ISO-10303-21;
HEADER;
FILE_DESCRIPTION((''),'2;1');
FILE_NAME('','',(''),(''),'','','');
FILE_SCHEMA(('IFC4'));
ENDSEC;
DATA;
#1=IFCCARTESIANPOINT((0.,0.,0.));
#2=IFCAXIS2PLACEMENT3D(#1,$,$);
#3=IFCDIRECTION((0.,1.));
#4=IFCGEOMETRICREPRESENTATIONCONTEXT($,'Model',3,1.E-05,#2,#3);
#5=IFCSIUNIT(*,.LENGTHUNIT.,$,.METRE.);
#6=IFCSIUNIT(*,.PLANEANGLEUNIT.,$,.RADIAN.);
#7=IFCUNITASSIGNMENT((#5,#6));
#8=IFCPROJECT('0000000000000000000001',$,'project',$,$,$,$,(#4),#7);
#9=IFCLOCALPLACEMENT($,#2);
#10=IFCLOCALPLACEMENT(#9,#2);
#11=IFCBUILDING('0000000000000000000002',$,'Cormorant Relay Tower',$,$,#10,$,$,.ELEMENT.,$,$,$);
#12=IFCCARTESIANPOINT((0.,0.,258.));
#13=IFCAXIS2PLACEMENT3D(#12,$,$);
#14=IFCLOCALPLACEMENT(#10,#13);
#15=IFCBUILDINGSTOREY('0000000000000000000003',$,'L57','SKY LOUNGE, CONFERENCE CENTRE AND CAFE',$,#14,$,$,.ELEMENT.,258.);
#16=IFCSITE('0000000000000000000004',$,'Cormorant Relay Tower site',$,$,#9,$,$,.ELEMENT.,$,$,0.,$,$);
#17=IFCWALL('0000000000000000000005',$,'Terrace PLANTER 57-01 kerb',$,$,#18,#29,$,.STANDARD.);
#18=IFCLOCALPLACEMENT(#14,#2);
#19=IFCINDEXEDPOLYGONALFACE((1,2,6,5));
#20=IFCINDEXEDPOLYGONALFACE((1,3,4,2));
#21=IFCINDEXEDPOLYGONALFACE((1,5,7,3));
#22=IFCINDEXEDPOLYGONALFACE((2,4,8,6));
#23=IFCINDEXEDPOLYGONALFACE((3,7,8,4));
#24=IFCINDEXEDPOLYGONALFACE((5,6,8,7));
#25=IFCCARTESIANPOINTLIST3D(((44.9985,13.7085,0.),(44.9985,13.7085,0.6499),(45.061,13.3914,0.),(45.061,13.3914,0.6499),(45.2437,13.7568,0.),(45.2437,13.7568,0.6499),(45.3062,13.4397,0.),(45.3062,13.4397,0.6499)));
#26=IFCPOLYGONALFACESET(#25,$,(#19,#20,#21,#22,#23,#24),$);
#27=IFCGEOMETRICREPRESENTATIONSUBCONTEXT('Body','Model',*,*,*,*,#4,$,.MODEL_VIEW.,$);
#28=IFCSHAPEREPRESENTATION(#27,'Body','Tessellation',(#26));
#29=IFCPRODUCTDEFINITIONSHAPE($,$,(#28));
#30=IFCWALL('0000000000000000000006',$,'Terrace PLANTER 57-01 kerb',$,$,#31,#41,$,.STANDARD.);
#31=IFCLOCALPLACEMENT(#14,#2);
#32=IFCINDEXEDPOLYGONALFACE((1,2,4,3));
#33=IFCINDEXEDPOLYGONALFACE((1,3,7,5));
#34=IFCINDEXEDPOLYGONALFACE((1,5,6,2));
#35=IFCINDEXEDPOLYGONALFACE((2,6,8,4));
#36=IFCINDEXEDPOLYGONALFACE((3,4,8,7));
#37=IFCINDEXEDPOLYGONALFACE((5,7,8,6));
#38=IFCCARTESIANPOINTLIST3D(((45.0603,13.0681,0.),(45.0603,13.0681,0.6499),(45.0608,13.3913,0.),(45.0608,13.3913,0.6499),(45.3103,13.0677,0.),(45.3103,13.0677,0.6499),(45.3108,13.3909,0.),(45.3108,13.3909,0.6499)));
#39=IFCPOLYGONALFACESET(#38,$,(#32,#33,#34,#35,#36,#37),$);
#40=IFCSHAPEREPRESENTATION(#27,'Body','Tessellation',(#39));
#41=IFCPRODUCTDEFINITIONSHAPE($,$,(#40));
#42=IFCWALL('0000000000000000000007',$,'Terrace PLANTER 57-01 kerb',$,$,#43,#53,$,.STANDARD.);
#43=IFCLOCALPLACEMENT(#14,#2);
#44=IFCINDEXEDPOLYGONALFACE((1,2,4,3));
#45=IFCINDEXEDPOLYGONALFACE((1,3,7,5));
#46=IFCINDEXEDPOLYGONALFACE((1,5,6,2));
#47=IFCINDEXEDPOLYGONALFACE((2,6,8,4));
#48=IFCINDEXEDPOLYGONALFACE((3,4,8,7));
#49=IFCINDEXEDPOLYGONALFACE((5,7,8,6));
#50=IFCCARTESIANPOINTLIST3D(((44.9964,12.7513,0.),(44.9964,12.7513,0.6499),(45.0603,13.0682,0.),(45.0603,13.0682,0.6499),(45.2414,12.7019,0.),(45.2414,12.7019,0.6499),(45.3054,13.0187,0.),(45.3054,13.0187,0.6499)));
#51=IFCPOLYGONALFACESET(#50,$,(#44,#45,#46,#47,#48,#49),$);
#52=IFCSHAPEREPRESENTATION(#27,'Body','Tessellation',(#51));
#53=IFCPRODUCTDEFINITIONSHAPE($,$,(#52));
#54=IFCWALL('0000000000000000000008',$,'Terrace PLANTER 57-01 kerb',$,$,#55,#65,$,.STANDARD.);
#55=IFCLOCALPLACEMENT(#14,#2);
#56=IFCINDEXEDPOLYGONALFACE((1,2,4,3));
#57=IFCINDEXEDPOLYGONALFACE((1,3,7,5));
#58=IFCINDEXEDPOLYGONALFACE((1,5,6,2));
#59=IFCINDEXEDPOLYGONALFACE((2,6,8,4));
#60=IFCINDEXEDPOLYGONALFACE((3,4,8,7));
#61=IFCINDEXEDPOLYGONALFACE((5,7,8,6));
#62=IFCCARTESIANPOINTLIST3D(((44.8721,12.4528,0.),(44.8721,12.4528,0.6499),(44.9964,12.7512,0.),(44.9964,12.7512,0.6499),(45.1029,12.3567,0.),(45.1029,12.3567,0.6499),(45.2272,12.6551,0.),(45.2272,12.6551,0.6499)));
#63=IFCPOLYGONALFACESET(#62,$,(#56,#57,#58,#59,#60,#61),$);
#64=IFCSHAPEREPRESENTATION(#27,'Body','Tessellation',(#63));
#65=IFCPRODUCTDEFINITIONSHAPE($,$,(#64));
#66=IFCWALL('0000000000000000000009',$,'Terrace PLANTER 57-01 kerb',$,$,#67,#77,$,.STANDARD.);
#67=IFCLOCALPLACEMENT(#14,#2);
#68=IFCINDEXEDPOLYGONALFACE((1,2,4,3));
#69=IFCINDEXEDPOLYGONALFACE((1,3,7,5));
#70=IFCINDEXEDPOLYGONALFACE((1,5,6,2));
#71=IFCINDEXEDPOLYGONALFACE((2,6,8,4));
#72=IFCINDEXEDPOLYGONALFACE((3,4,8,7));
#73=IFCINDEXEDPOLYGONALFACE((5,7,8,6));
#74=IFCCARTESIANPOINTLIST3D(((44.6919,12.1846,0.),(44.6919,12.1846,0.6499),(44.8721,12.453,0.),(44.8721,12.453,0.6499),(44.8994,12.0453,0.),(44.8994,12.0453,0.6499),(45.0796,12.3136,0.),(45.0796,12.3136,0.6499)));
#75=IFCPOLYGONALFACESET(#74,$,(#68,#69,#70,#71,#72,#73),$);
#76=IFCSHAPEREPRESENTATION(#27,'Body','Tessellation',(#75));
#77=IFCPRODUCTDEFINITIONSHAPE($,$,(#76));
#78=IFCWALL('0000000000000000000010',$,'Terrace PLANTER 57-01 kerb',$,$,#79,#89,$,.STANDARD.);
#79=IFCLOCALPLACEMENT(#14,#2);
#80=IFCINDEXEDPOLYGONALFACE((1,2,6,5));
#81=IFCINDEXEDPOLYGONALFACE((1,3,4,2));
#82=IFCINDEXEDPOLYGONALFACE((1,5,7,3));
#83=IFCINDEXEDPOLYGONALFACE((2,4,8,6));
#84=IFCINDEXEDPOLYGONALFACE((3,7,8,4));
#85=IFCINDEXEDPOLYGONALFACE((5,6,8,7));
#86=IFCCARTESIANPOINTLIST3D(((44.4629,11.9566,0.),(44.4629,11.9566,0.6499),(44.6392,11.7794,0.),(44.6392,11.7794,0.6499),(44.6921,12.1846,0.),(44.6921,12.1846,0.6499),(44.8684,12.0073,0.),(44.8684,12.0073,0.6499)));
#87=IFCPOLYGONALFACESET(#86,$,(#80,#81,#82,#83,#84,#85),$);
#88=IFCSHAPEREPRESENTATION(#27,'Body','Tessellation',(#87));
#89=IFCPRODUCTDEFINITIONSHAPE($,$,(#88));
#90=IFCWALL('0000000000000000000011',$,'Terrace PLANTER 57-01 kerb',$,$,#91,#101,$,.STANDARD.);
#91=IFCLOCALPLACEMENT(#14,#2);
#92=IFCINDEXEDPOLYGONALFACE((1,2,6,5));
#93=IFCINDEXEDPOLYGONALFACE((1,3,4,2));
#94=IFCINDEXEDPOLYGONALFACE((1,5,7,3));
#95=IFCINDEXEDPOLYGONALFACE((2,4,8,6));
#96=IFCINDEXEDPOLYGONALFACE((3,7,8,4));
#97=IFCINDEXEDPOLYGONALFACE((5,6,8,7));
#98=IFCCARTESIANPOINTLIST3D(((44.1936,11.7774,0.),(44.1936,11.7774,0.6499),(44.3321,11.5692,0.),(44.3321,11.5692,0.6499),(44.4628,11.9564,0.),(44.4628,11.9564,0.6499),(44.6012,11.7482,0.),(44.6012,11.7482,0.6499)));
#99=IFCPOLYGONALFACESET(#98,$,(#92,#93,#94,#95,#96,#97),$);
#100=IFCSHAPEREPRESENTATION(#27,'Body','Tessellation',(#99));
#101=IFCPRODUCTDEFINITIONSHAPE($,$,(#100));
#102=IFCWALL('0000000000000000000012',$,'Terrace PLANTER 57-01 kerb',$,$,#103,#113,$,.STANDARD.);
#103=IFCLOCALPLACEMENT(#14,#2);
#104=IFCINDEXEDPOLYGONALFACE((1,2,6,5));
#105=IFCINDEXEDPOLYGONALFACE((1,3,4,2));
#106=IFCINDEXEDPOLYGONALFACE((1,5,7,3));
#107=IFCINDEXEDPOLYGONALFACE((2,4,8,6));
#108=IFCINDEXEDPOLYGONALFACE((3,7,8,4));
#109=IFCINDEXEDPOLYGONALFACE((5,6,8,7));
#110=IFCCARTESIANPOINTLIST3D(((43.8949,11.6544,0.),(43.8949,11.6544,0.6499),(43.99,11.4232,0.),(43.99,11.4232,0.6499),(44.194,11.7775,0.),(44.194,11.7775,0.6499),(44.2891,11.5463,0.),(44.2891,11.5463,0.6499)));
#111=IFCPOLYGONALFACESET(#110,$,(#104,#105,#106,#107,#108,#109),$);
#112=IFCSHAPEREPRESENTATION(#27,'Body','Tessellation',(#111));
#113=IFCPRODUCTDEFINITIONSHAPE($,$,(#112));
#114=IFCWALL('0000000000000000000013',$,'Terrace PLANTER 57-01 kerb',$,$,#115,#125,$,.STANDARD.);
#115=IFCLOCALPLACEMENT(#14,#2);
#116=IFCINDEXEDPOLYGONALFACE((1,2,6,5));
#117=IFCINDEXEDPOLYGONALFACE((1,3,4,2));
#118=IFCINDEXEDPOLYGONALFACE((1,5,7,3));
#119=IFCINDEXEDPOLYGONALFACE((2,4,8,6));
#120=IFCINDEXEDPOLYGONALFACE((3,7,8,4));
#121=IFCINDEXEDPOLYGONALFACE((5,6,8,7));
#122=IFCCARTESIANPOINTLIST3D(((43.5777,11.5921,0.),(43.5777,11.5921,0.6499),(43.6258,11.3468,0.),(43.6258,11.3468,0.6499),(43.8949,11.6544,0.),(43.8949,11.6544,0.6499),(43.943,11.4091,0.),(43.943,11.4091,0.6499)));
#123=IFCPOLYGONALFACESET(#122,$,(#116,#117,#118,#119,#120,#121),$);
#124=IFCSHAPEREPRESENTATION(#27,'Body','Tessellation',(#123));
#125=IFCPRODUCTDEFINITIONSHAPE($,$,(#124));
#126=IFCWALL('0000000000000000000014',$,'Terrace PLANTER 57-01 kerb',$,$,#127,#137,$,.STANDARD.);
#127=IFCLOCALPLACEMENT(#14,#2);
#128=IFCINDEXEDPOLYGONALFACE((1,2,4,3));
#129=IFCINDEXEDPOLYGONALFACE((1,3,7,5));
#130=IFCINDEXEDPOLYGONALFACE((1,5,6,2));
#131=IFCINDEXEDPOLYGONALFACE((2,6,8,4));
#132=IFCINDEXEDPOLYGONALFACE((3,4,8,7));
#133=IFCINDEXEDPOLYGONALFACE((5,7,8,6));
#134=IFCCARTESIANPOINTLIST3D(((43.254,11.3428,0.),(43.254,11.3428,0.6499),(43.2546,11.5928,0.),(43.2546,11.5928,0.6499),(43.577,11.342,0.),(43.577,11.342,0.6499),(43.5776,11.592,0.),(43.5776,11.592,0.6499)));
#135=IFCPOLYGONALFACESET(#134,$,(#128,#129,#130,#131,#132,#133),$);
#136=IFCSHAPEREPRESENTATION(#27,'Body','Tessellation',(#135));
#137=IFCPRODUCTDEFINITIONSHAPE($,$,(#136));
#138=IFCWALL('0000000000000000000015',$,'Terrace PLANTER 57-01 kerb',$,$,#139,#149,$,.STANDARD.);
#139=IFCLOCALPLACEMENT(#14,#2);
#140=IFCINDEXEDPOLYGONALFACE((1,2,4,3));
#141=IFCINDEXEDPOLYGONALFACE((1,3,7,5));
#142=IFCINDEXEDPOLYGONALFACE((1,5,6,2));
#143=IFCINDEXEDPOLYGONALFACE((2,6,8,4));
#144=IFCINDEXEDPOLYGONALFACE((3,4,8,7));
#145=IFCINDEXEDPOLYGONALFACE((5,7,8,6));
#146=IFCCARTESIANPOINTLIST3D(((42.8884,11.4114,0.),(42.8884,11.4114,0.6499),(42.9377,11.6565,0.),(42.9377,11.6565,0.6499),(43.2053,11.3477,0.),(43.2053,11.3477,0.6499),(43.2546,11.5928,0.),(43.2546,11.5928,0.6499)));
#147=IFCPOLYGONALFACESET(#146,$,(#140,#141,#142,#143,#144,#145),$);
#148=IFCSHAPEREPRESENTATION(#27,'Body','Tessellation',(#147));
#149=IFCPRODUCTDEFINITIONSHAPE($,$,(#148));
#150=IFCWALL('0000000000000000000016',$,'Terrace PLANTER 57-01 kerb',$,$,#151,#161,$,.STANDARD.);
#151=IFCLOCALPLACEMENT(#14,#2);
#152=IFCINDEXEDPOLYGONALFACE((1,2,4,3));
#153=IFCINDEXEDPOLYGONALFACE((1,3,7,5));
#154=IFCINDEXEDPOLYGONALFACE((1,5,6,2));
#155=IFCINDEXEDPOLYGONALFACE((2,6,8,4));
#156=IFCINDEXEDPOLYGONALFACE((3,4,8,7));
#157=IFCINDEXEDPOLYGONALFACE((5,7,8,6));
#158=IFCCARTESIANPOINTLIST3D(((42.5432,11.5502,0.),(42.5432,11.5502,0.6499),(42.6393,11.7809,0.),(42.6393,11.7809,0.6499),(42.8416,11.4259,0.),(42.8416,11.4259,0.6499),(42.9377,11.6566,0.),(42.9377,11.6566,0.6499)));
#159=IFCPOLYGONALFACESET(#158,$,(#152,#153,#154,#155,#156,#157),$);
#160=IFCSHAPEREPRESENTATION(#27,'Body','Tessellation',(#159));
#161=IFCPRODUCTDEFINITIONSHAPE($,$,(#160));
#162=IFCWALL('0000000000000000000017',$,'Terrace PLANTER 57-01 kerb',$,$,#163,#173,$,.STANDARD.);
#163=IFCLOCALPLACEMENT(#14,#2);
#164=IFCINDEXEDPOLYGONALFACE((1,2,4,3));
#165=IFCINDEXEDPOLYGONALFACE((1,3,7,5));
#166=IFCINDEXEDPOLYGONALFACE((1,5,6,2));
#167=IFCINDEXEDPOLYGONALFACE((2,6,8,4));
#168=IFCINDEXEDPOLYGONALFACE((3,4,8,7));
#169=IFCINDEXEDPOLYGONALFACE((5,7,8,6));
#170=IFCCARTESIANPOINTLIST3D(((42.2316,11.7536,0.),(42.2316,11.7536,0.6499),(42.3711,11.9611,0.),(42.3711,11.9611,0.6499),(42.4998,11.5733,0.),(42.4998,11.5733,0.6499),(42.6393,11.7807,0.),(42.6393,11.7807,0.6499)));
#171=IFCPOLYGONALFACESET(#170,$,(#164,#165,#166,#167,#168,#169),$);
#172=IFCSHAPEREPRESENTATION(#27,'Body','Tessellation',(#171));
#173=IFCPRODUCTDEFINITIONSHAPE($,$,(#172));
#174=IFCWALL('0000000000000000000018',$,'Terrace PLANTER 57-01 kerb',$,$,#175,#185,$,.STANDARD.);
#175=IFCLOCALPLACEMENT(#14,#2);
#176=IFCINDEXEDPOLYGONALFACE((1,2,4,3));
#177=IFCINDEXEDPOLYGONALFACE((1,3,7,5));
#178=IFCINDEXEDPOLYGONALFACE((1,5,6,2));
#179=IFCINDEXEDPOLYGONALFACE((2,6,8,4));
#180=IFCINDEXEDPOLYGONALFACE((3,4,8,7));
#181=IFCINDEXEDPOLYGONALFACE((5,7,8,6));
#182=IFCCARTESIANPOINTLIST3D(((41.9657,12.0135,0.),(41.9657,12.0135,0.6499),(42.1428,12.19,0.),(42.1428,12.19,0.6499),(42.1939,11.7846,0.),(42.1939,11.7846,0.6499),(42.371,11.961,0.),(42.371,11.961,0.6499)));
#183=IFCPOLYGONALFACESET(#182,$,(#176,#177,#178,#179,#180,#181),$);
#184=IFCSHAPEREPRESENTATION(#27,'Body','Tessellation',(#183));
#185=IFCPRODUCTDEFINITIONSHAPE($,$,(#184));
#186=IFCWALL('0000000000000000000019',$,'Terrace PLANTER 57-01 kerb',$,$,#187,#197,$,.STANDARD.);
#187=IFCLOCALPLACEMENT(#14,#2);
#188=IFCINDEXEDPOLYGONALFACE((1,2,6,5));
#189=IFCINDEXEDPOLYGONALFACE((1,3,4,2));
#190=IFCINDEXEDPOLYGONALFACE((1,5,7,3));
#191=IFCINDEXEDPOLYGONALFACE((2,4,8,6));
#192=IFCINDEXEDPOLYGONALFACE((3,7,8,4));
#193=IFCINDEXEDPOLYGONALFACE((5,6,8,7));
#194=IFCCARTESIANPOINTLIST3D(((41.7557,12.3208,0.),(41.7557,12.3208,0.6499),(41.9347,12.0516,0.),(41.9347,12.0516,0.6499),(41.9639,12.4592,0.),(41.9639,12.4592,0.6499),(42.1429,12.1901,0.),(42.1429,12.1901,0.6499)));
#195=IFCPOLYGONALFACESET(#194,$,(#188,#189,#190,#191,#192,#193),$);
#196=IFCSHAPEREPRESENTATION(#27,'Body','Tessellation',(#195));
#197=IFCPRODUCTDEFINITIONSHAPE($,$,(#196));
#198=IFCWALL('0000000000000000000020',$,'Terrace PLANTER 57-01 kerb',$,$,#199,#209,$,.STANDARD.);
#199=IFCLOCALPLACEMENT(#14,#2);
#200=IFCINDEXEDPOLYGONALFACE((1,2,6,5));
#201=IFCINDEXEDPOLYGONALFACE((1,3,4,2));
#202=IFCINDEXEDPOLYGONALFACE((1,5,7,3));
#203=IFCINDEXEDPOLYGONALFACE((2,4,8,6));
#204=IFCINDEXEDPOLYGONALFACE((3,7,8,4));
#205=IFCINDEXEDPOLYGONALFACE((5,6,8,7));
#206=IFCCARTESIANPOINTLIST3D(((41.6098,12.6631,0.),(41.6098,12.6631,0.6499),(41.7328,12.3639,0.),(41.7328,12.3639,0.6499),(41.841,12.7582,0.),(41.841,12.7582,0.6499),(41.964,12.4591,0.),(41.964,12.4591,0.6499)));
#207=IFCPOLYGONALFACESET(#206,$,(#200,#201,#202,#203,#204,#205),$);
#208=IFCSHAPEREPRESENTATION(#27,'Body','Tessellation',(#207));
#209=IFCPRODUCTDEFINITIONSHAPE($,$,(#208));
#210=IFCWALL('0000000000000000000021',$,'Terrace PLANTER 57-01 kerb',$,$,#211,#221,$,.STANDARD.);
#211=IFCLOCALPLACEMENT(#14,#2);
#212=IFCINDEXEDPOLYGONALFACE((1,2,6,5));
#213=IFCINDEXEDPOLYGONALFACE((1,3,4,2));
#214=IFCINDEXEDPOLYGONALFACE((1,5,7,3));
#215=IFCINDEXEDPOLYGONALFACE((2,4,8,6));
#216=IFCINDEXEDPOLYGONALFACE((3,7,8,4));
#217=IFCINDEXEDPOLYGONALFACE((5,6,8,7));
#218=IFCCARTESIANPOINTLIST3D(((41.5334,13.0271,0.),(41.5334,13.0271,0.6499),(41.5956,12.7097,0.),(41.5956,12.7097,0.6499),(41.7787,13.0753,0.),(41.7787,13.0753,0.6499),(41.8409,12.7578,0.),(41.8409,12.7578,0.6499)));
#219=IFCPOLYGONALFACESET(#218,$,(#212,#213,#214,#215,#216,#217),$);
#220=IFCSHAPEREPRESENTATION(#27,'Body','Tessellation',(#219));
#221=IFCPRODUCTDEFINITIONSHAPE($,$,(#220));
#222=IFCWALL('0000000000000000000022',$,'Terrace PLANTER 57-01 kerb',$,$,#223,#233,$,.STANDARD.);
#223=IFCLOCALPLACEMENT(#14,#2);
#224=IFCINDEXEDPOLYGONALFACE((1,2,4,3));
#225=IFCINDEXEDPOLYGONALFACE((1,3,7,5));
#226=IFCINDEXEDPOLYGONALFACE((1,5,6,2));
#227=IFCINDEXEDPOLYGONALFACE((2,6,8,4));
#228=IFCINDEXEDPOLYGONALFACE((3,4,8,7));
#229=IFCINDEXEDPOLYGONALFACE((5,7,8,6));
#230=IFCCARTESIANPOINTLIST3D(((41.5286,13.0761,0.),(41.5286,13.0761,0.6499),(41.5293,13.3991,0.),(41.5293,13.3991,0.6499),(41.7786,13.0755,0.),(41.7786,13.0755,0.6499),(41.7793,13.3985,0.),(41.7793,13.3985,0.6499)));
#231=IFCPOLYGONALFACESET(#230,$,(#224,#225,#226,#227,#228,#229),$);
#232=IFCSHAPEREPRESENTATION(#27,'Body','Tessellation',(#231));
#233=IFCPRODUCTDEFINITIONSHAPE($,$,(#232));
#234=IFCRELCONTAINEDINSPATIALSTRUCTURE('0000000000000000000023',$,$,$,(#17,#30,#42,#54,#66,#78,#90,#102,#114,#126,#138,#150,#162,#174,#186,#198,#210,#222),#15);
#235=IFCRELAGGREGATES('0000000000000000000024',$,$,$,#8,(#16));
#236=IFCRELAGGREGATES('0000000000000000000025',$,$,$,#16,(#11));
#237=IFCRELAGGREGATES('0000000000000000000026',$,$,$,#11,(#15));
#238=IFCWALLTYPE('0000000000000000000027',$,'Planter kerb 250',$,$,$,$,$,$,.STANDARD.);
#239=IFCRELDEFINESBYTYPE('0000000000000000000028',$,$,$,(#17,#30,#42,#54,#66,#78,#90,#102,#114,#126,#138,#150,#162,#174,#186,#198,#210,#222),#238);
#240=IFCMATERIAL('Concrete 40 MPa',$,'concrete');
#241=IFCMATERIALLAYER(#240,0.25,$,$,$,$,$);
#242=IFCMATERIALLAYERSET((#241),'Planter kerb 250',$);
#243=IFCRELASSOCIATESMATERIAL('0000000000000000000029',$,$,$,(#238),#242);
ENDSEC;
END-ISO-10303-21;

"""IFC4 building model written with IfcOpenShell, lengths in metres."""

from ifc_helpers import new_model, si_unit, direction, frame, frame_2d, origin, place, context, subcontext, project, spatial, rectangle, extrude, material, layer, layer_set, type_object, element, save


model = new_model("IFC4")

# Units and contexts
model_context = context("Model", 3, precision=1e-05, world=origin(), true_north=direction((0.0, 1.0)))
body_context = subcontext(model_context, "Body", "Model", "MODEL_VIEW")
ifc_project = project(units=[si_unit("LENGTHUNIT", "METRE"), si_unit("PLANEANGLEUNIT", "RADIAN")], contexts=[model_context])

# Site, building, storey
site_placement = place(None, origin())
site = spatial("IfcSite", under=ifc_project, at=site_placement, Name="Cormorant Relay Tower site", CompositionType="ELEMENT", RefElevation=0.0)
building_placement = place(site_placement, origin())
building = spatial("IfcBuilding", under=site, at=building_placement, Name="Cormorant Relay Tower", CompositionType="ELEMENT")
storey_placement = place(building_placement, frame((0.0, 0.0, 258.0)))
storey = spatial("IfcBuildingStorey", under=building, at=storey_placement, Name="L57", Description="SKY LOUNGE, CONFERENCE CENTRE AND CAFE", CompositionType="ELEMENT", Elevation=258.0)

# Walls
ifc_material_1 = material(Name="Concrete 40 MPa", Category="concrete")
ifc_layer_1 = layer(ifc_material_1, 0.25)
ifc_layer_set_1 = layer_set([ifc_layer_1], Name="Planter kerb 250")
wall_type_1 = type_object("IfcWallType", Name="Planter kerb 250", PredefinedType="STANDARD", material=ifc_layer_set_1)
for number, where, z_axis, x_axis, name in (
    (1, (45.1211, 13.7327, 0.0), (0.0, 0.0, 1.0), (0.193356, -0.981129, 0.0), "Terrace PLANTER 57-01 kerb"),
    (2, (45.1858, 13.3911, 0.0), (0.0, 0.0, 1.0), (-0.001511, -0.999999, 0.0), "Terrace PLANTER 57-01 kerb"),
    (3, (45.1829, 13.0435, 0.0), (0.0, 0.0, 1.0), (-0.197859, -0.980231, 0.0), "Terrace PLANTER 57-01 kerb"),
    (4, (45.1118, 12.7031, 0.0), (0.0, 0.0, 1.0), (-0.384508, -0.923122, 0.0), "Terrace PLANTER 57-01 kerb"),
    (5, (44.9758, 12.3833, 0.0), (0.0, 0.0, 1.0), (-0.557486, -0.830186, 0.0), "Terrace PLANTER 57-01 kerb"),
    (6, (44.7803, 12.0959, 0.0), (0.0, 0.0, 1.0), (-0.708992, -0.705217, 0.0), "Terrace PLANTER 57-01 kerb"),
    (7, (44.532, 11.8523, 0.0), (0.0, 0.0, 1.0), (-0.832631, -0.553828, 0.0), "Terrace PLANTER 57-01 kerb"),
):
    element("IfcWall", number, at=place(storey_placement, frame(where, z_axis=z_axis, x_axis=x_axis)), inside=storey, type_object=wall_type_1, Name=name, PredefinedType="STANDARD", context=body_context, shape_type="SweptSolid", body=[
        extrude(rectangle(XDim=0.3232, YDim=0.25, at=frame_2d((0.1616, 0.0))), origin(), (0.0, 0.0, 1.0), 0.6499),
    ])
wall_1_placement = place(storey_placement, frame((44.2415, 11.6619, 0.0), z_axis=(0.0, 0.0, 1.0), x_axis=(-0.924788, -0.380484, 0.0)))
element("IfcWall", 8, at=wall_1_placement, inside=storey, type_object=wall_type_1, Name="Terrace PLANTER 57-01 kerb", PredefinedType="STANDARD", context=body_context, shape_type="SweptSolid", body=[
    extrude(rectangle(XDim=0.3235, YDim=0.25, at=frame_2d((0.1616, 0.0))), origin(), (0.0, 0.0, 1.0), 0.6499),
])
wall_2_placement = place(storey_placement, frame((43.9189, 11.5317, 0.0), z_axis=(0.0, 0.0, 1.0), x_axis=(-0.981272, -0.192628, 0.0)))
element("IfcWall", 9, at=wall_2_placement, inside=storey, type_object=wall_type_1, Name="Terrace PLANTER 57-01 kerb", PredefinedType="STANDARD", context=body_context, shape_type="SweptSolid", body=[
    extrude(rectangle(XDim=0.3232, YDim=0.25, at=frame_2d((0.1616, 0.0))), origin(), (0.0, 0.0, 1.0), 0.6499),
])
wall_3_placement = place(storey_placement, frame((43.5774, 11.467, 0.0), z_axis=(0.0, 0.0, 1.0), x_axis=(-0.999997, 0.002268, 0.0)))
element("IfcWall", 10, at=wall_3_placement, inside=storey, type_object=wall_type_1, Name="Terrace PLANTER 57-01 kerb", PredefinedType="STANDARD", context=body_context, shape_type="SweptSolid", body=[
    extrude(rectangle(XDim=0.323, YDim=0.25, at=frame_2d((0.1616, 0.0))), origin(), (0.0, 0.0, 1.0), 0.6499),
])
for number, where, z_axis, x_axis, name in (
    (11, (43.23, 11.4702, 0.0), (0.0, 0.0, 1.0), (-0.980377, 0.197133, 0.0), "Terrace PLANTER 57-01 kerb"),
    (12, (42.8896, 11.5413, 0.0), (0.0, 0.0, 1.0), (-0.923122, 0.384508, 0.0), "Terrace PLANTER 57-01 kerb"),
    (13, (42.5696, 11.677, 0.0), (0.0, 0.0, 1.0), (-0.829837, 0.558007, 0.0), "Terrace PLANTER 57-01 kerb"),
    (14, (42.2825, 11.8728, 0.0), (0.0, 0.0, 1.0), (-0.705973, 0.708238, 0.0), "Terrace PLANTER 57-01 kerb"),
    (15, (42.0388, 12.1208, 0.0), (0.0, 0.0, 1.0), (-0.553828, 0.832631, 0.0), "Terrace PLANTER 57-01 kerb"),
):
    element("IfcWall", number, at=place(storey_placement, frame(where, z_axis=z_axis, x_axis=x_axis)), inside=storey, type_object=wall_type_1, Name=name, PredefinedType="STANDARD", context=body_context, shape_type="SweptSolid", body=[
        extrude(rectangle(XDim=0.3232, YDim=0.25, at=frame_2d((0.1616, 0.0))), origin(), (0.0, 0.0, 1.0), 0.6499),
    ])
for number, where, z_axis, x_axis, name in (
    (16, (41.8484, 12.4116, 0.0), (0.0, 0.0, 1.0), (-0.380484, 0.924788, 0.0), "Terrace PLANTER 57-01 kerb"),
    (17, (41.7183, 12.7339, 0.0), (0.0, 0.0, 1.0), (-0.192486, 0.9813, 0.0), "Terrace PLANTER 57-01 kerb"),
):
    element("IfcWall", number, at=place(storey_placement, frame(where, z_axis=z_axis, x_axis=x_axis)), inside=storey, type_object=wall_type_1, Name=name, PredefinedType="STANDARD", context=body_context, shape_type="SweptSolid", body=[
        extrude(rectangle(XDim=0.3235, YDim=0.25, at=frame_2d((0.1616, 0.0))), origin(), (0.0, 0.0, 1.0), 0.6499),
    ])
wall_4_placement = place(storey_placement, frame((41.6536, 13.0757, 0.0), z_axis=(0.0, 0.0, 1.0), x_axis=(0.002268, 0.999997, 0.0)))
element("IfcWall", 18, at=wall_4_placement, inside=storey, type_object=wall_type_1, Name="Terrace PLANTER 57-01 kerb", PredefinedType="STANDARD", context=body_context, shape_type="SweptSolid", body=[
    extrude(rectangle(XDim=0.323, YDim=0.25, at=frame_2d((0.1616, 0.0))), origin(), (0.0, 0.0, 1.0), 0.6499),
])

save(model, "model.ifc")
